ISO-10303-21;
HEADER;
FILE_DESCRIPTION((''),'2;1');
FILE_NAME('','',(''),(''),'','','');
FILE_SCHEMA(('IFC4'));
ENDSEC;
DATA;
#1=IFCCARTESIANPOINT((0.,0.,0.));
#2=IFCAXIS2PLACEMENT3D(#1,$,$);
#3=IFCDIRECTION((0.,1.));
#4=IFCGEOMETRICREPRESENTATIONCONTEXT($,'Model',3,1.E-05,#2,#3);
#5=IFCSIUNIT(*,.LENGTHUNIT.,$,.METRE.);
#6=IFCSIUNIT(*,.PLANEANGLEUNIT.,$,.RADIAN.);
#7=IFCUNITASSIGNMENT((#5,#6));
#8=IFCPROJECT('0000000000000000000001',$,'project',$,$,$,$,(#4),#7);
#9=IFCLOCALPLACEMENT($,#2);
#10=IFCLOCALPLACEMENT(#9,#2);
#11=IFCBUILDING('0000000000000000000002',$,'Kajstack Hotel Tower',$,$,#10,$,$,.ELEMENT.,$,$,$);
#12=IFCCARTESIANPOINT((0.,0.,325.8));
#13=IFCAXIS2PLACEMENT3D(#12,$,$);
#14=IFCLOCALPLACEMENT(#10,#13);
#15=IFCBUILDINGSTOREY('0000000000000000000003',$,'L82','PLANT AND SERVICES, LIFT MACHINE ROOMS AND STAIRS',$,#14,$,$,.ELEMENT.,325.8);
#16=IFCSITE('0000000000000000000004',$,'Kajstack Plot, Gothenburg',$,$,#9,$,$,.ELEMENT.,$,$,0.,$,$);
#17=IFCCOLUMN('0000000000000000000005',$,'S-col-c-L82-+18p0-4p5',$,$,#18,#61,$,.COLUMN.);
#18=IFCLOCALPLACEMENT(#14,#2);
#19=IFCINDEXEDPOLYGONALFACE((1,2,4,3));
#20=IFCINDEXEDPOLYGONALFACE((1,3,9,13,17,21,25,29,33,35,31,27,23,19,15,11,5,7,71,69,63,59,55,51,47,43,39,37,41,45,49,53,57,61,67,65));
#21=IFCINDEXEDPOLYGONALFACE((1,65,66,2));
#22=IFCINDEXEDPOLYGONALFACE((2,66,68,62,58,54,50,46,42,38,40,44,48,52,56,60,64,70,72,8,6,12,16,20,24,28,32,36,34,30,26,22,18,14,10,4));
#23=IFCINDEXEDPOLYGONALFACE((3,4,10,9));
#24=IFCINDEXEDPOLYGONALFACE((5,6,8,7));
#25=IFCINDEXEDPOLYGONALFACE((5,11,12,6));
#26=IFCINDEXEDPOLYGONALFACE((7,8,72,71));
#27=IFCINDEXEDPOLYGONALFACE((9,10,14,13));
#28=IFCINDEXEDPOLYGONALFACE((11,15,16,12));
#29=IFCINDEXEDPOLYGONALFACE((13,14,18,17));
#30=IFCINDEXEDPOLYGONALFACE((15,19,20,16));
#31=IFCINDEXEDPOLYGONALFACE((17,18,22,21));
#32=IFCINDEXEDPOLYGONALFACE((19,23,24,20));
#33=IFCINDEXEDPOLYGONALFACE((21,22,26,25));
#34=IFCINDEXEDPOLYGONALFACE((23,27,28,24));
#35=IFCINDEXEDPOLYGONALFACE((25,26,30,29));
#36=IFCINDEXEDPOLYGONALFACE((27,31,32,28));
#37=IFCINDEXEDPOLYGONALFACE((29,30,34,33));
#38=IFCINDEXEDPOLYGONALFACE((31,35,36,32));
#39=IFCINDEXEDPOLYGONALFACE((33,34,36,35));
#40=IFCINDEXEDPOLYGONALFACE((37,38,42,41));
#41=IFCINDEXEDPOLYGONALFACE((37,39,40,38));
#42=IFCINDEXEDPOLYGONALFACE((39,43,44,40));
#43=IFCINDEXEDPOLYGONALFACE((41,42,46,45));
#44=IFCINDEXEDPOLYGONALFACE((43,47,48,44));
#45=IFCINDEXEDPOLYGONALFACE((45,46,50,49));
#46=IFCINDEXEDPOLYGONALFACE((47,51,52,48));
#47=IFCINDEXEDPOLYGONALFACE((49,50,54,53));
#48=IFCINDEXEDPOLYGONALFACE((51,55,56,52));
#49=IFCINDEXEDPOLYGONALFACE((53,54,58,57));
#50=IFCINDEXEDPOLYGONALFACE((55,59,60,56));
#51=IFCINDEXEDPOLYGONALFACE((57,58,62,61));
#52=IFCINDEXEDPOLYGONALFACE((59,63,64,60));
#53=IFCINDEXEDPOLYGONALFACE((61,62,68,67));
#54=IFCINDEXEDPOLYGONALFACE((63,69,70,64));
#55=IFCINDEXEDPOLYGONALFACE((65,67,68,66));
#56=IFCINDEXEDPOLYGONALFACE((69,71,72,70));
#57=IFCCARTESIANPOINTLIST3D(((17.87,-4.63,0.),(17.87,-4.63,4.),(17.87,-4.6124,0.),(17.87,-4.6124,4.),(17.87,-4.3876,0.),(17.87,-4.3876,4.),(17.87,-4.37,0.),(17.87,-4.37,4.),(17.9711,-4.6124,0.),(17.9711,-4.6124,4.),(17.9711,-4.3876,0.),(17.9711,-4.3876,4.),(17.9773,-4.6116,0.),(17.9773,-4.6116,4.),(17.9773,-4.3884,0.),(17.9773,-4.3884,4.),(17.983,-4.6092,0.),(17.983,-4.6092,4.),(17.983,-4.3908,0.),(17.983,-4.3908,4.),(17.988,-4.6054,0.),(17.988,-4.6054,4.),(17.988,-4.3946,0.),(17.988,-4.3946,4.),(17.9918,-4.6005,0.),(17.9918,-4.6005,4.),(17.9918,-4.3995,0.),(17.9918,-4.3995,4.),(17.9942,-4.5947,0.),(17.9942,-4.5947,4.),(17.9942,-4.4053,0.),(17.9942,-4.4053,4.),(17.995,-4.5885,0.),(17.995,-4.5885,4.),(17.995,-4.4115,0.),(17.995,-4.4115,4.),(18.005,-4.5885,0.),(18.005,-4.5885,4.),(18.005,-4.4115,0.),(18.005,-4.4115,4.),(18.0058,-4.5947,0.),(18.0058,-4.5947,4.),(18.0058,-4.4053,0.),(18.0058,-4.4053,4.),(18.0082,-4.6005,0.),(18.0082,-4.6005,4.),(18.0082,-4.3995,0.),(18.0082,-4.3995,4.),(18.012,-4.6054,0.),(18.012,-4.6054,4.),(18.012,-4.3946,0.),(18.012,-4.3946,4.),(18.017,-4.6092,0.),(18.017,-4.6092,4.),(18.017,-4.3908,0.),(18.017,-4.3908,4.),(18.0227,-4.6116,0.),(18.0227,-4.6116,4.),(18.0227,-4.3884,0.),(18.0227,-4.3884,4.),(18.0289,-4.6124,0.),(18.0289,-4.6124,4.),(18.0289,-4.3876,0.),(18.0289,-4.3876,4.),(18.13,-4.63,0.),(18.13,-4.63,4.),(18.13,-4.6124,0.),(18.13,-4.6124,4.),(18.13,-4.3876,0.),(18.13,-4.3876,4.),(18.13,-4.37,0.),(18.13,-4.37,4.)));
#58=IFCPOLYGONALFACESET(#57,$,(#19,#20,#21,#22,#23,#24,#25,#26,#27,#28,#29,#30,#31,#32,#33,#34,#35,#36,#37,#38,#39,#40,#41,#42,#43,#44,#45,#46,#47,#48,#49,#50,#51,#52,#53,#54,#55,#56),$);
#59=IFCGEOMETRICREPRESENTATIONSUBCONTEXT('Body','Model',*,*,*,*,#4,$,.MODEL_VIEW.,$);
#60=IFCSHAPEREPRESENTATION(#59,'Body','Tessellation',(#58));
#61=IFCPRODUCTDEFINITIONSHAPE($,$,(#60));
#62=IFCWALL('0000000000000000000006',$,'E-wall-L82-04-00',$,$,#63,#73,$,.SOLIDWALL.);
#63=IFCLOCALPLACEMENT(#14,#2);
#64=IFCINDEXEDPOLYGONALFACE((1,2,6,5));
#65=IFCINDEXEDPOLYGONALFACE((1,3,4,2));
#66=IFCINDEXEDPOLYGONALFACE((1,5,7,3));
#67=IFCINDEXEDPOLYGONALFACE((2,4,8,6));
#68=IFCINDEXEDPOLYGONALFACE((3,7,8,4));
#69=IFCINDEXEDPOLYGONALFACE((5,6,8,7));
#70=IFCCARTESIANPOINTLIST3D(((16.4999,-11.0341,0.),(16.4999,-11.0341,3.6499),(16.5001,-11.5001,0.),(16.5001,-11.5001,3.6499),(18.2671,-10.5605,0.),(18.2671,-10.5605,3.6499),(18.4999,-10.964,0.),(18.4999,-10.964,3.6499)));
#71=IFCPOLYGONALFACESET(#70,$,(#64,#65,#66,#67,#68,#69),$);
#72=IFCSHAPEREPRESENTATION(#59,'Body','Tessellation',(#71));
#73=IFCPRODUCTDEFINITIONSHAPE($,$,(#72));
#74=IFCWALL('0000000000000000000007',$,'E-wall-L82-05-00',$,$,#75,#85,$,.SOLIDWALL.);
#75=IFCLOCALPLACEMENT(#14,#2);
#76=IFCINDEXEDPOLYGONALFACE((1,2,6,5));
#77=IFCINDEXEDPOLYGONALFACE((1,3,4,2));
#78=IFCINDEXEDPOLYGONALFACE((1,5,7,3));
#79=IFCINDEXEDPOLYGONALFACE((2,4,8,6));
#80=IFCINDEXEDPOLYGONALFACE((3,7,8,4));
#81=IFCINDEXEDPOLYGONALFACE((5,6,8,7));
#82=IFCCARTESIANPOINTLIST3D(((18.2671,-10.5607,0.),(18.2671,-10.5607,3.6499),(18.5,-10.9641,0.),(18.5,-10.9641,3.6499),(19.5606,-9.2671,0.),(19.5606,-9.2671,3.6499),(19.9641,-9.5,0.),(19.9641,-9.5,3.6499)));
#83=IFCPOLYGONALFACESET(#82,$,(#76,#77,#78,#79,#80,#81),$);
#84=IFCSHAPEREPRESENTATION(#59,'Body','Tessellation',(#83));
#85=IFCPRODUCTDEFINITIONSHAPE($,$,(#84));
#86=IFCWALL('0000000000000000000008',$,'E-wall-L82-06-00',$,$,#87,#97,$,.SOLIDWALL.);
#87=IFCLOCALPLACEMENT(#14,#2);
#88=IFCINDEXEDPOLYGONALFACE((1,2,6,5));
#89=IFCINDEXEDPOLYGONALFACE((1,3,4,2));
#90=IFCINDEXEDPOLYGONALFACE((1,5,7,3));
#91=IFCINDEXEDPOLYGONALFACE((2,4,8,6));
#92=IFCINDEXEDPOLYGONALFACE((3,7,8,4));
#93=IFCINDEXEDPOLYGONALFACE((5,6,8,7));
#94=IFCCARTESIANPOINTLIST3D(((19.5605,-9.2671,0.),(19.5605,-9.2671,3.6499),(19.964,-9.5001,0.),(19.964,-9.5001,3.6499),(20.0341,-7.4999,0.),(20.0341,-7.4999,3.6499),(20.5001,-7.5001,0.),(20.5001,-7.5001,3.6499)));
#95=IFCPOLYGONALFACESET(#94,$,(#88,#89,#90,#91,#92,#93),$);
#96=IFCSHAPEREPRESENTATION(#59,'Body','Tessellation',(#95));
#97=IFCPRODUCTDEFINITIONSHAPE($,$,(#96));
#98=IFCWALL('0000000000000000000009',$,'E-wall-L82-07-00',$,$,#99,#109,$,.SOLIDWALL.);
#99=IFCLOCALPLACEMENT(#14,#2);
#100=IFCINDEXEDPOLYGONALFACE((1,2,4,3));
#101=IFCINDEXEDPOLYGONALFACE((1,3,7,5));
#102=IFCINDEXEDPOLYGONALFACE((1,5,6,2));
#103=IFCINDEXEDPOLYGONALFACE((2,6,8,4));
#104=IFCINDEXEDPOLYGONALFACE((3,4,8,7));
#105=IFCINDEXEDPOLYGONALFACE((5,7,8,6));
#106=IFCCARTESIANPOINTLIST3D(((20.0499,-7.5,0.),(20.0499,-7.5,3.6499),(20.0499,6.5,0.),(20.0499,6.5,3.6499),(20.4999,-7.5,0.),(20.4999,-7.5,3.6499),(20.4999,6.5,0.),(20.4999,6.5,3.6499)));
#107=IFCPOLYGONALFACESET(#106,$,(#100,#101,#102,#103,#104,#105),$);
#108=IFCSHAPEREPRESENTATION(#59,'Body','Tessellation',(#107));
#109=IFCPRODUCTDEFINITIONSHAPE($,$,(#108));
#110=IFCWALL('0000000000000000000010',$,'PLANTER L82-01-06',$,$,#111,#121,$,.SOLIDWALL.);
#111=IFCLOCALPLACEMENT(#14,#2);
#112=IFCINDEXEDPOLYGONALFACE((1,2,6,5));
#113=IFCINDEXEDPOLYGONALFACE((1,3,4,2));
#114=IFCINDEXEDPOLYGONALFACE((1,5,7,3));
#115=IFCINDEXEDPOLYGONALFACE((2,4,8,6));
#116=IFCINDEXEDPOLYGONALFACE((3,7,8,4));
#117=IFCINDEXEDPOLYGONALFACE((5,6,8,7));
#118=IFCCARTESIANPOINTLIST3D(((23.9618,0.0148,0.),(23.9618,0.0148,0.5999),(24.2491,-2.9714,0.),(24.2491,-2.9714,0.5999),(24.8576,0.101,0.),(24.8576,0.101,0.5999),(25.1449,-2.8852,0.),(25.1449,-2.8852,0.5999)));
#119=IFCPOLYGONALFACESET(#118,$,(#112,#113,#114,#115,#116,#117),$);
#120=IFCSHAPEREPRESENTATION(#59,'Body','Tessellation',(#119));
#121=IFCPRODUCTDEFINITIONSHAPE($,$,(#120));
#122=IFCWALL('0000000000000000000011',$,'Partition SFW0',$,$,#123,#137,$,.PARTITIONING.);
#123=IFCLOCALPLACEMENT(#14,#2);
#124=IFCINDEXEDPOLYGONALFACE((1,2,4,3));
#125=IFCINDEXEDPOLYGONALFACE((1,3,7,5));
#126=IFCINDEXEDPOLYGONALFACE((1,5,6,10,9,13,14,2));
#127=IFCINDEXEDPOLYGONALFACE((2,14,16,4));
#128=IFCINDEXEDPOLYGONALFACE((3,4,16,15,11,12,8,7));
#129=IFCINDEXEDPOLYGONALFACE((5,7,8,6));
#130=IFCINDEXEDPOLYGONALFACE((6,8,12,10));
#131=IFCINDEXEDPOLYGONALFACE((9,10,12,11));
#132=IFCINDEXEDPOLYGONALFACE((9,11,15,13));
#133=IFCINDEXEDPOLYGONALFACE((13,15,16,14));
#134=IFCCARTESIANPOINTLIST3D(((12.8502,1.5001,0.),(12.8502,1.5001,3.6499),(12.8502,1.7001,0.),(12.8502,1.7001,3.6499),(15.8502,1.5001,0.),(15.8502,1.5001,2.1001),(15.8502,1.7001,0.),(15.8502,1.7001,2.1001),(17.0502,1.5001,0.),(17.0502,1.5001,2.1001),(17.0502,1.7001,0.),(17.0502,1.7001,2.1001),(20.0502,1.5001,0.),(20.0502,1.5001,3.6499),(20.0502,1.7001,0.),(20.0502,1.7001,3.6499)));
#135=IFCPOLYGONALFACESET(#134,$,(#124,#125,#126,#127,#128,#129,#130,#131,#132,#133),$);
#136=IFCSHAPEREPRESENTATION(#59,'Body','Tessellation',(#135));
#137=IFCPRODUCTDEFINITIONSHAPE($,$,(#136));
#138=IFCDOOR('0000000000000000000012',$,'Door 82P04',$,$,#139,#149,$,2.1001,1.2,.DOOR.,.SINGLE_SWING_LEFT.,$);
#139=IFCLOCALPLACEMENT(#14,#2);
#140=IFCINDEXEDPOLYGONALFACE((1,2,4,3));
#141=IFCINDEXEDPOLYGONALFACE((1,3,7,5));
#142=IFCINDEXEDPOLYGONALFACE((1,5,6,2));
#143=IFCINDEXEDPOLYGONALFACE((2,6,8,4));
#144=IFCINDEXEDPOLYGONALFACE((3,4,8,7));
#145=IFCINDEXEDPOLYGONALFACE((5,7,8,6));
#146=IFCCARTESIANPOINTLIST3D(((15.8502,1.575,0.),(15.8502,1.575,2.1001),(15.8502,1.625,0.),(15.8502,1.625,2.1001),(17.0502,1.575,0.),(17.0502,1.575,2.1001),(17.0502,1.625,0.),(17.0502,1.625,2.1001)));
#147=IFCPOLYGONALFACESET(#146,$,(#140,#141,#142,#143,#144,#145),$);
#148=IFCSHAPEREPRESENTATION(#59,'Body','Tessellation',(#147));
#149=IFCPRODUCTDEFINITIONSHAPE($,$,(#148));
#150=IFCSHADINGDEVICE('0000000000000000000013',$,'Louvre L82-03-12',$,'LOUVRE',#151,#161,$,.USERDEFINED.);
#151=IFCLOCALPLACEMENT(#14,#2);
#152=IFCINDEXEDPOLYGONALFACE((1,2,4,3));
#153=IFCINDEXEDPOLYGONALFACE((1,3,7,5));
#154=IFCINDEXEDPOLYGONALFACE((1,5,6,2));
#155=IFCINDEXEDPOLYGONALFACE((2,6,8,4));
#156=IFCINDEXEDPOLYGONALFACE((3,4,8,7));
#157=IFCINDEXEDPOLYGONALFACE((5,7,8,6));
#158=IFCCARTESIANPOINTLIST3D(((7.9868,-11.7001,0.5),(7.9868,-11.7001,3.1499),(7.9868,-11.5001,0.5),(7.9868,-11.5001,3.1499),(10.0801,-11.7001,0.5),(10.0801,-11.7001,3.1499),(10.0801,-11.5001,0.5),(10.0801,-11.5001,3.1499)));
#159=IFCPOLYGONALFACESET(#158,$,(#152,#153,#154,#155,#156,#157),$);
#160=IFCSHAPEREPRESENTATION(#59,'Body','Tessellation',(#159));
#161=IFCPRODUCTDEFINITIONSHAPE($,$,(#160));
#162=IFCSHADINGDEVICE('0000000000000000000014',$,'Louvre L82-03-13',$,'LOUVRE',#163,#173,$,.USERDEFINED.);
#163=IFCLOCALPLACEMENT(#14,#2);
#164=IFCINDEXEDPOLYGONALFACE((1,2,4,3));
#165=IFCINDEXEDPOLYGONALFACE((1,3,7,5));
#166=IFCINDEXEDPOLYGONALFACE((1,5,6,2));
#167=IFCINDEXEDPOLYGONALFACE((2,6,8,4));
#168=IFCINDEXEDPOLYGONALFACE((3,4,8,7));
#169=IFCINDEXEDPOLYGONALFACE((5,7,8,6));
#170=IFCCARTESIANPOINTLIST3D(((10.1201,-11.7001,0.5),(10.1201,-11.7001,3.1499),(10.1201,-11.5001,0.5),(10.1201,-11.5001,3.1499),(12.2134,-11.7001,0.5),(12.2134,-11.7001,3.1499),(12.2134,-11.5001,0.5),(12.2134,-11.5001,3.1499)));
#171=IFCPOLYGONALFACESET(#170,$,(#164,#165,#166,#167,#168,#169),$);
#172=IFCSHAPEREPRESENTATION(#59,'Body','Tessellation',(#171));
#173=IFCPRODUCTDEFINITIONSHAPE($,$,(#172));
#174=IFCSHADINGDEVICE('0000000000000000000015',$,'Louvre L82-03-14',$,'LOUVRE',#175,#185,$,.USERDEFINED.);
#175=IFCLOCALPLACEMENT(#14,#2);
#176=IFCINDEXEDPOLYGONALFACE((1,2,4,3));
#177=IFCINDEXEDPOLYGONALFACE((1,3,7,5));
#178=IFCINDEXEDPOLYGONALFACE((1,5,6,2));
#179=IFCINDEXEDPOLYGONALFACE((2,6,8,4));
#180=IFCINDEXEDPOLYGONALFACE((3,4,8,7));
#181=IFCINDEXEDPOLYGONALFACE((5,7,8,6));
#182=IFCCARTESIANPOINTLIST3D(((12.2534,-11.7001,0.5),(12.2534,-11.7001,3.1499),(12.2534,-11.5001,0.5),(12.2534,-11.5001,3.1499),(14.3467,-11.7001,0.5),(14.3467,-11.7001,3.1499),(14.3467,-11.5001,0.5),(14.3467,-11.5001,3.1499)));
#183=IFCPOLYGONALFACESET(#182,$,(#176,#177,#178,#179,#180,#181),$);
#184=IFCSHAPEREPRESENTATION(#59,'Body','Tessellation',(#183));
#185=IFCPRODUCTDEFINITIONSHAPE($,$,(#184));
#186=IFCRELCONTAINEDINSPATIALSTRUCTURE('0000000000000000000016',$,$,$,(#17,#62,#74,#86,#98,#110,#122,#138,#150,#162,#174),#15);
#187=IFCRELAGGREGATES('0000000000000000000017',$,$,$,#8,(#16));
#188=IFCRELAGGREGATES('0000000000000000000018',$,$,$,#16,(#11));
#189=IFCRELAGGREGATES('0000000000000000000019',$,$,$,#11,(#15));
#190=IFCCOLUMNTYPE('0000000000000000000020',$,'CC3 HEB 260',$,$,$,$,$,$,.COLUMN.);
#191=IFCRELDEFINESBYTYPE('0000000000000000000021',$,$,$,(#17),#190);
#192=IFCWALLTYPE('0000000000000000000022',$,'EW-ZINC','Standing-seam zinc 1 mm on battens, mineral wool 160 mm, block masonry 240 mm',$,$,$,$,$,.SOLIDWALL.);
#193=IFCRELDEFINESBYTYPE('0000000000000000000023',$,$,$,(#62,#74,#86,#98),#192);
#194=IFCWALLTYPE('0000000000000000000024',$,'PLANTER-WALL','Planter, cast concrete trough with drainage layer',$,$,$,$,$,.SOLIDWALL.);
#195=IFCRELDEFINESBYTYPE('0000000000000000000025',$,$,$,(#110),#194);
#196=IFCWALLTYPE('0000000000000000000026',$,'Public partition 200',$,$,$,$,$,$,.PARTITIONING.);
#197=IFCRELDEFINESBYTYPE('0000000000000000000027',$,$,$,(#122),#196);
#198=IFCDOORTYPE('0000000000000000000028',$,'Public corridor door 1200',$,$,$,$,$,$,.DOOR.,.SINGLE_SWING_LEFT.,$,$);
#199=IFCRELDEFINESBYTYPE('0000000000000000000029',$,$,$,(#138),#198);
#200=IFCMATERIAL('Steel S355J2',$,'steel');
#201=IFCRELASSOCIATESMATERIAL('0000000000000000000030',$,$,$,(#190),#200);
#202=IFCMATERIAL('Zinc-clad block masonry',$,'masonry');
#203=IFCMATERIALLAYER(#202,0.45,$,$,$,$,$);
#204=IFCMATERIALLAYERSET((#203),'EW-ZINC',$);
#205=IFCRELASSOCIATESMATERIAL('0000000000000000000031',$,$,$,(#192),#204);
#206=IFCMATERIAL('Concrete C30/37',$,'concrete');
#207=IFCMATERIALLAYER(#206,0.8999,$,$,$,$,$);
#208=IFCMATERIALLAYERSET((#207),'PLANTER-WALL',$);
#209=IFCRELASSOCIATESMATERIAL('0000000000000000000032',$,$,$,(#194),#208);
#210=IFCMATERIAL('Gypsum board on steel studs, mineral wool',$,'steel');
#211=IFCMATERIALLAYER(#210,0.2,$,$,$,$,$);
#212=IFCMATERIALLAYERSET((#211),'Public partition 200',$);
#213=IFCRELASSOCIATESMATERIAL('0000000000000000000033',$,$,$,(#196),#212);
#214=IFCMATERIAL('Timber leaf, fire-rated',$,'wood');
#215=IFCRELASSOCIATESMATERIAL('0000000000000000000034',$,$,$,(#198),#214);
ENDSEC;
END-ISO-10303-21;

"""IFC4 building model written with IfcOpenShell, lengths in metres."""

from ifc_helpers import new_model, si_unit, direction, frame, frame_2d, origin, origin_2d, place, context, subcontext, project, spatial, polyline, rectangle, i_section, outline, extrude, material, layer, layer_set, material_profile, profile_set, type_object, element, fill, save


model = new_model("IFC4")

# Units and contexts
model_context = context("Model", 3, precision=1e-05, world=origin(), true_north=direction((0.0, 1.0)))
body_context = subcontext(model_context, "Body", "Model", "MODEL_VIEW")
ifc_project = project(units=[si_unit("LENGTHUNIT", "METRE"), si_unit("PLANEANGLEUNIT", "RADIAN")], contexts=[model_context])

# Site, building, storey
site_placement = place(None, origin())
site = spatial("IfcSite", under=ifc_project, at=site_placement, Name="Kajstack Plot, Gothenburg", CompositionType="ELEMENT", RefElevation=0.0)
building_placement = place(site_placement, origin())
building = spatial("IfcBuilding", under=site, at=building_placement, Name="Kajstack Hotel Tower", CompositionType="ELEMENT")
storey_placement = place(building_placement, frame((0.0, 0.0, 325.8)))
storey = spatial("IfcBuildingStorey", under=building, at=storey_placement, Name="L82", Description="PLANT AND SERVICES, LIFT MACHINE ROOMS AND STAIRS", CompositionType="ELEMENT", Elevation=325.8)

# Column
ifc_material_1 = material(Name="Steel S355J2", Category="steel")
ifc_material_profile = material_profile(ifc_material_1, i_section(OverallWidth=0.26, OverallDepth=0.26, WebThickness=0.01, FlangeThickness=0.0176, FilletRadius=0.0239, at=origin_2d()), Name="HEB 260")
ifc_profile_set = profile_set([ifc_material_profile], Name="Steel S355J2")
column_type = type_object("IfcColumnType", Name="CC3 HEB 260", PredefinedType="COLUMN", material=ifc_profile_set)
column_placement = place(storey_placement, frame((18.0, -4.5, 0.0), z_axis=(0.0, 0.0, 1.0), x_axis=(1.0, 0.0, 0.0)))
element("IfcColumn", 1, at=column_placement, inside=storey, type_object=column_type, Name="S-col-c-L82-+18p0-4p5", PredefinedType="COLUMN", context=body_context, shape_type="SweptSolid", body=[
    extrude(i_section(OverallWidth=0.26, OverallDepth=0.26, WebThickness=0.01, FlangeThickness=0.0176, FilletRadius=0.0239, at=origin_2d()), origin(), (0.0, 0.0, 1.0), 4.0),
])

# Walls
ifc_material_2 = material(Name="Zinc-clad block masonry", Category="masonry")
ifc_layer_1 = layer(ifc_material_2, 0.45)
ifc_layer_set_1 = layer_set([ifc_layer_1], Name="EW-ZINC")
wall_type_1 = type_object("IfcWallType", Name="EW-ZINC", Description="Standing-seam zinc 1 mm on battens, mineral wool 160 mm, block masonry 240 mm", PredefinedType="SOLIDWALL", material=ifc_layer_set_1)
wall_1_placement = place(storey_placement, frame((16.4417, -11.2827, 0.0), z_axis=(0.0, 0.0, 1.0), x_axis=(0.965927, 0.258815, 0.0)))
element("IfcWall", 2, at=wall_1_placement, inside=storey, type_object=wall_type_1, Name="E-wall-L82-04-00", PredefinedType="SOLIDWALL", context=body_context, shape_type="SweptSolid", body=[
    extrude(outline(polyline([(0.0002, -0.2251), (2.0706, -0.2249), (1.9502, 0.2251), (0.1206, 0.2251), (0.0002, -0.2251)])), origin(), (0.0, 0.0, 1.0), 3.6499),
])
wall_2_placement = place(storey_placement, frame((18.3408, -10.8049, 0.0), z_axis=(0.0, 0.0, 1.0), x_axis=(0.707107, 0.707107, 0.0)))
element("IfcWall", 3, at=wall_2_placement, inside=storey, type_object=wall_type_1, Name="E-wall-L82-05-00", PredefinedType="SOLIDWALL", context=body_context, shape_type="SweptSolid", body=[
    extrude(outline(polyline([(0.0, -0.2251), (2.0706, -0.2251), (1.95, 0.2249), (0.1206, 0.2249), (0.0, -0.2251)])), origin(), (0.0, 0.0, 1.0), 3.6499),
])
wall_3_placement = place(storey_placement, frame((19.7468, -9.4417, 0.0), z_axis=(0.0, 0.0, 1.0), x_axis=(0.258815, 0.965927, 0.0)))
element("IfcWall", 4, at=wall_3_placement, inside=storey, type_object=wall_type_1, Name="E-wall-L82-06-00", PredefinedType="SOLIDWALL", context=body_context, shape_type="SweptSolid", body=[
    extrude(outline(polyline([(-0.0002, -0.2249), (2.0703, -0.2251), (1.95, 0.2251), (0.1204, 0.2251), (-0.0002, -0.2249)])), origin(), (0.0, 0.0, 1.0), 3.6499),
])
wall_4_placement = place(storey_placement, frame((20.2749, -7.5, 0.0), z_axis=(0.0, 0.0, 1.0), x_axis=(0.0, 1.0, 0.0)))
element("IfcWall", 5, at=wall_4_placement, inside=storey, type_object=wall_type_1, Name="E-wall-L82-07-00", PredefinedType="SOLIDWALL", context=body_context, shape_type="SweptSolid", body=[
    extrude(rectangle(XDim=14.0, YDim=0.45, at=frame_2d((7.0, 0.0))), origin(), (0.0, 0.0, 1.0), 3.6499),
])
ifc_material_3 = material(Name="Concrete C30/37", Category="concrete")
ifc_layer_2 = layer(ifc_material_3, 0.8999)
ifc_layer_set_2 = layer_set([ifc_layer_2], Name="PLANTER-WALL")
wall_type_2 = type_object("IfcWallType", Name="PLANTER-WALL", Description="Planter, cast concrete trough with drainage layer", PredefinedType="SOLIDWALL", material=ifc_layer_set_2)
wall_5_placement = place(storey_placement, frame((24.4097, 0.0579, 0.0), z_axis=(0.0, 0.0, 1.0), x_axis=(0.095781, -0.995402, 0.0)))
element("IfcWall", 6, at=wall_5_placement, inside=storey, type_object=wall_type_2, Name="PLANTER L82-01-06", PredefinedType="SOLIDWALL", context=body_context, shape_type="SweptSolid", body=[
    extrude(rectangle(XDim=3.0, YDim=0.8999, at=frame_2d((1.5, 0.0))), origin(), (0.0, 0.0, 1.0), 0.5999),
])

# Wall, opening, door
ifc_material_4 = material(Name="Gypsum board on steel studs, mineral wool", Category="steel")
ifc_layer_3 = layer(ifc_material_4, 0.2)
ifc_layer_set_3 = layer_set([ifc_layer_3], Name="Public partition 200")
wall_type_3 = type_object("IfcWallType", Name="Public partition 200", PredefinedType="PARTITIONING", material=ifc_layer_set_3)
wall_6_placement = place(storey_placement, frame((12.8501, 1.6001, 0.0), z_axis=(0.0, 0.0, 1.0), x_axis=(1.0, 0.0, 0.0)))
wall_6 = element("IfcWall", 7, at=wall_6_placement, inside=storey, type_object=wall_type_3, Name="Partition SFW0", PredefinedType="PARTITIONING", context=body_context, shape_type="SweptSolid", body=[
    extrude(rectangle(XDim=7.2, YDim=0.2, at=frame_2d((3.6001, 0.0))), origin(), (0.0, 0.0, 1.0), 3.6499),
])
opening_placement = place(wall_6_placement, frame((3.0, 0.0, 0.0)))
opening = element("IfcOpeningElement", 8, at=opening_placement, cuts=wall_6, PredefinedType="OPENING", context=body_context, shape_type="SweptSolid", body=[
    extrude(rectangle(XDim=1.2, YDim=2.1001, at=frame_2d((0.6001, 1.05))), frame((0.0, 0.1099, 0.0), z_axis=(0.0, -1.0, 0.0), x_axis=(1.0, 0.0, 0.0)), (0.0, 0.0, 1.0), 0.22),
])
ifc_material_5 = material(Name="Timber leaf, fire-rated", Category="wood")
door_type = type_object("IfcDoorType", Name="Public corridor door 1200", OperationType="SINGLE_SWING_LEFT", PredefinedType="DOOR", material=ifc_material_5)
door_placement = place(opening_placement, origin())
door = element("IfcDoor", 9, at=door_placement, inside=storey, type_object=door_type, Name="Door 82P04", OperationType="SINGLE_SWING_LEFT", OverallHeight=2.1001, OverallWidth=1.2, PredefinedType="DOOR", context=body_context, shape_type="SweptSolid", body=[
    extrude(rectangle(XDim=1.2, YDim=2.1001, at=frame_2d((0.6001, 1.05))), frame((0.0, 0.0249, 0.0), z_axis=(0.0, -1.0, 0.0), x_axis=(1.0, 0.0, 0.0)), (0.0, 0.0, 1.0), 0.05),
])
fill(opening, door)

# Shading devices
for number, where, z_axis, x_axis, name in (
    (10, (9.0334, -11.6001, 0.5), (0.0, 0.0, 1.0), (1.0, 0.0, 0.0), "Louvre L82-03-12"),
    (11, (11.1667, -11.6001, 0.5), (0.0, 0.0, 1.0), (1.0, 0.0, 0.0), "Louvre L82-03-13"),
    (12, (13.3, -11.6001, 0.5), (0.0, 0.0, 1.0), (1.0, 0.0, 0.0), "Louvre L82-03-14"),
):
    element("IfcShadingDevice", number, at=place(storey_placement, frame(where, z_axis=z_axis, x_axis=x_axis)), inside=storey, Name=name, ObjectType="LOUVRE", PredefinedType="USERDEFINED", context=body_context, shape_type="SweptSolid", body=[
        extrude(rectangle(XDim=2.0933, YDim=0.2, at=origin_2d()), origin(), (0.0, 0.0, 1.0), 2.6499),
    ])

save(model, "model.ifc")
